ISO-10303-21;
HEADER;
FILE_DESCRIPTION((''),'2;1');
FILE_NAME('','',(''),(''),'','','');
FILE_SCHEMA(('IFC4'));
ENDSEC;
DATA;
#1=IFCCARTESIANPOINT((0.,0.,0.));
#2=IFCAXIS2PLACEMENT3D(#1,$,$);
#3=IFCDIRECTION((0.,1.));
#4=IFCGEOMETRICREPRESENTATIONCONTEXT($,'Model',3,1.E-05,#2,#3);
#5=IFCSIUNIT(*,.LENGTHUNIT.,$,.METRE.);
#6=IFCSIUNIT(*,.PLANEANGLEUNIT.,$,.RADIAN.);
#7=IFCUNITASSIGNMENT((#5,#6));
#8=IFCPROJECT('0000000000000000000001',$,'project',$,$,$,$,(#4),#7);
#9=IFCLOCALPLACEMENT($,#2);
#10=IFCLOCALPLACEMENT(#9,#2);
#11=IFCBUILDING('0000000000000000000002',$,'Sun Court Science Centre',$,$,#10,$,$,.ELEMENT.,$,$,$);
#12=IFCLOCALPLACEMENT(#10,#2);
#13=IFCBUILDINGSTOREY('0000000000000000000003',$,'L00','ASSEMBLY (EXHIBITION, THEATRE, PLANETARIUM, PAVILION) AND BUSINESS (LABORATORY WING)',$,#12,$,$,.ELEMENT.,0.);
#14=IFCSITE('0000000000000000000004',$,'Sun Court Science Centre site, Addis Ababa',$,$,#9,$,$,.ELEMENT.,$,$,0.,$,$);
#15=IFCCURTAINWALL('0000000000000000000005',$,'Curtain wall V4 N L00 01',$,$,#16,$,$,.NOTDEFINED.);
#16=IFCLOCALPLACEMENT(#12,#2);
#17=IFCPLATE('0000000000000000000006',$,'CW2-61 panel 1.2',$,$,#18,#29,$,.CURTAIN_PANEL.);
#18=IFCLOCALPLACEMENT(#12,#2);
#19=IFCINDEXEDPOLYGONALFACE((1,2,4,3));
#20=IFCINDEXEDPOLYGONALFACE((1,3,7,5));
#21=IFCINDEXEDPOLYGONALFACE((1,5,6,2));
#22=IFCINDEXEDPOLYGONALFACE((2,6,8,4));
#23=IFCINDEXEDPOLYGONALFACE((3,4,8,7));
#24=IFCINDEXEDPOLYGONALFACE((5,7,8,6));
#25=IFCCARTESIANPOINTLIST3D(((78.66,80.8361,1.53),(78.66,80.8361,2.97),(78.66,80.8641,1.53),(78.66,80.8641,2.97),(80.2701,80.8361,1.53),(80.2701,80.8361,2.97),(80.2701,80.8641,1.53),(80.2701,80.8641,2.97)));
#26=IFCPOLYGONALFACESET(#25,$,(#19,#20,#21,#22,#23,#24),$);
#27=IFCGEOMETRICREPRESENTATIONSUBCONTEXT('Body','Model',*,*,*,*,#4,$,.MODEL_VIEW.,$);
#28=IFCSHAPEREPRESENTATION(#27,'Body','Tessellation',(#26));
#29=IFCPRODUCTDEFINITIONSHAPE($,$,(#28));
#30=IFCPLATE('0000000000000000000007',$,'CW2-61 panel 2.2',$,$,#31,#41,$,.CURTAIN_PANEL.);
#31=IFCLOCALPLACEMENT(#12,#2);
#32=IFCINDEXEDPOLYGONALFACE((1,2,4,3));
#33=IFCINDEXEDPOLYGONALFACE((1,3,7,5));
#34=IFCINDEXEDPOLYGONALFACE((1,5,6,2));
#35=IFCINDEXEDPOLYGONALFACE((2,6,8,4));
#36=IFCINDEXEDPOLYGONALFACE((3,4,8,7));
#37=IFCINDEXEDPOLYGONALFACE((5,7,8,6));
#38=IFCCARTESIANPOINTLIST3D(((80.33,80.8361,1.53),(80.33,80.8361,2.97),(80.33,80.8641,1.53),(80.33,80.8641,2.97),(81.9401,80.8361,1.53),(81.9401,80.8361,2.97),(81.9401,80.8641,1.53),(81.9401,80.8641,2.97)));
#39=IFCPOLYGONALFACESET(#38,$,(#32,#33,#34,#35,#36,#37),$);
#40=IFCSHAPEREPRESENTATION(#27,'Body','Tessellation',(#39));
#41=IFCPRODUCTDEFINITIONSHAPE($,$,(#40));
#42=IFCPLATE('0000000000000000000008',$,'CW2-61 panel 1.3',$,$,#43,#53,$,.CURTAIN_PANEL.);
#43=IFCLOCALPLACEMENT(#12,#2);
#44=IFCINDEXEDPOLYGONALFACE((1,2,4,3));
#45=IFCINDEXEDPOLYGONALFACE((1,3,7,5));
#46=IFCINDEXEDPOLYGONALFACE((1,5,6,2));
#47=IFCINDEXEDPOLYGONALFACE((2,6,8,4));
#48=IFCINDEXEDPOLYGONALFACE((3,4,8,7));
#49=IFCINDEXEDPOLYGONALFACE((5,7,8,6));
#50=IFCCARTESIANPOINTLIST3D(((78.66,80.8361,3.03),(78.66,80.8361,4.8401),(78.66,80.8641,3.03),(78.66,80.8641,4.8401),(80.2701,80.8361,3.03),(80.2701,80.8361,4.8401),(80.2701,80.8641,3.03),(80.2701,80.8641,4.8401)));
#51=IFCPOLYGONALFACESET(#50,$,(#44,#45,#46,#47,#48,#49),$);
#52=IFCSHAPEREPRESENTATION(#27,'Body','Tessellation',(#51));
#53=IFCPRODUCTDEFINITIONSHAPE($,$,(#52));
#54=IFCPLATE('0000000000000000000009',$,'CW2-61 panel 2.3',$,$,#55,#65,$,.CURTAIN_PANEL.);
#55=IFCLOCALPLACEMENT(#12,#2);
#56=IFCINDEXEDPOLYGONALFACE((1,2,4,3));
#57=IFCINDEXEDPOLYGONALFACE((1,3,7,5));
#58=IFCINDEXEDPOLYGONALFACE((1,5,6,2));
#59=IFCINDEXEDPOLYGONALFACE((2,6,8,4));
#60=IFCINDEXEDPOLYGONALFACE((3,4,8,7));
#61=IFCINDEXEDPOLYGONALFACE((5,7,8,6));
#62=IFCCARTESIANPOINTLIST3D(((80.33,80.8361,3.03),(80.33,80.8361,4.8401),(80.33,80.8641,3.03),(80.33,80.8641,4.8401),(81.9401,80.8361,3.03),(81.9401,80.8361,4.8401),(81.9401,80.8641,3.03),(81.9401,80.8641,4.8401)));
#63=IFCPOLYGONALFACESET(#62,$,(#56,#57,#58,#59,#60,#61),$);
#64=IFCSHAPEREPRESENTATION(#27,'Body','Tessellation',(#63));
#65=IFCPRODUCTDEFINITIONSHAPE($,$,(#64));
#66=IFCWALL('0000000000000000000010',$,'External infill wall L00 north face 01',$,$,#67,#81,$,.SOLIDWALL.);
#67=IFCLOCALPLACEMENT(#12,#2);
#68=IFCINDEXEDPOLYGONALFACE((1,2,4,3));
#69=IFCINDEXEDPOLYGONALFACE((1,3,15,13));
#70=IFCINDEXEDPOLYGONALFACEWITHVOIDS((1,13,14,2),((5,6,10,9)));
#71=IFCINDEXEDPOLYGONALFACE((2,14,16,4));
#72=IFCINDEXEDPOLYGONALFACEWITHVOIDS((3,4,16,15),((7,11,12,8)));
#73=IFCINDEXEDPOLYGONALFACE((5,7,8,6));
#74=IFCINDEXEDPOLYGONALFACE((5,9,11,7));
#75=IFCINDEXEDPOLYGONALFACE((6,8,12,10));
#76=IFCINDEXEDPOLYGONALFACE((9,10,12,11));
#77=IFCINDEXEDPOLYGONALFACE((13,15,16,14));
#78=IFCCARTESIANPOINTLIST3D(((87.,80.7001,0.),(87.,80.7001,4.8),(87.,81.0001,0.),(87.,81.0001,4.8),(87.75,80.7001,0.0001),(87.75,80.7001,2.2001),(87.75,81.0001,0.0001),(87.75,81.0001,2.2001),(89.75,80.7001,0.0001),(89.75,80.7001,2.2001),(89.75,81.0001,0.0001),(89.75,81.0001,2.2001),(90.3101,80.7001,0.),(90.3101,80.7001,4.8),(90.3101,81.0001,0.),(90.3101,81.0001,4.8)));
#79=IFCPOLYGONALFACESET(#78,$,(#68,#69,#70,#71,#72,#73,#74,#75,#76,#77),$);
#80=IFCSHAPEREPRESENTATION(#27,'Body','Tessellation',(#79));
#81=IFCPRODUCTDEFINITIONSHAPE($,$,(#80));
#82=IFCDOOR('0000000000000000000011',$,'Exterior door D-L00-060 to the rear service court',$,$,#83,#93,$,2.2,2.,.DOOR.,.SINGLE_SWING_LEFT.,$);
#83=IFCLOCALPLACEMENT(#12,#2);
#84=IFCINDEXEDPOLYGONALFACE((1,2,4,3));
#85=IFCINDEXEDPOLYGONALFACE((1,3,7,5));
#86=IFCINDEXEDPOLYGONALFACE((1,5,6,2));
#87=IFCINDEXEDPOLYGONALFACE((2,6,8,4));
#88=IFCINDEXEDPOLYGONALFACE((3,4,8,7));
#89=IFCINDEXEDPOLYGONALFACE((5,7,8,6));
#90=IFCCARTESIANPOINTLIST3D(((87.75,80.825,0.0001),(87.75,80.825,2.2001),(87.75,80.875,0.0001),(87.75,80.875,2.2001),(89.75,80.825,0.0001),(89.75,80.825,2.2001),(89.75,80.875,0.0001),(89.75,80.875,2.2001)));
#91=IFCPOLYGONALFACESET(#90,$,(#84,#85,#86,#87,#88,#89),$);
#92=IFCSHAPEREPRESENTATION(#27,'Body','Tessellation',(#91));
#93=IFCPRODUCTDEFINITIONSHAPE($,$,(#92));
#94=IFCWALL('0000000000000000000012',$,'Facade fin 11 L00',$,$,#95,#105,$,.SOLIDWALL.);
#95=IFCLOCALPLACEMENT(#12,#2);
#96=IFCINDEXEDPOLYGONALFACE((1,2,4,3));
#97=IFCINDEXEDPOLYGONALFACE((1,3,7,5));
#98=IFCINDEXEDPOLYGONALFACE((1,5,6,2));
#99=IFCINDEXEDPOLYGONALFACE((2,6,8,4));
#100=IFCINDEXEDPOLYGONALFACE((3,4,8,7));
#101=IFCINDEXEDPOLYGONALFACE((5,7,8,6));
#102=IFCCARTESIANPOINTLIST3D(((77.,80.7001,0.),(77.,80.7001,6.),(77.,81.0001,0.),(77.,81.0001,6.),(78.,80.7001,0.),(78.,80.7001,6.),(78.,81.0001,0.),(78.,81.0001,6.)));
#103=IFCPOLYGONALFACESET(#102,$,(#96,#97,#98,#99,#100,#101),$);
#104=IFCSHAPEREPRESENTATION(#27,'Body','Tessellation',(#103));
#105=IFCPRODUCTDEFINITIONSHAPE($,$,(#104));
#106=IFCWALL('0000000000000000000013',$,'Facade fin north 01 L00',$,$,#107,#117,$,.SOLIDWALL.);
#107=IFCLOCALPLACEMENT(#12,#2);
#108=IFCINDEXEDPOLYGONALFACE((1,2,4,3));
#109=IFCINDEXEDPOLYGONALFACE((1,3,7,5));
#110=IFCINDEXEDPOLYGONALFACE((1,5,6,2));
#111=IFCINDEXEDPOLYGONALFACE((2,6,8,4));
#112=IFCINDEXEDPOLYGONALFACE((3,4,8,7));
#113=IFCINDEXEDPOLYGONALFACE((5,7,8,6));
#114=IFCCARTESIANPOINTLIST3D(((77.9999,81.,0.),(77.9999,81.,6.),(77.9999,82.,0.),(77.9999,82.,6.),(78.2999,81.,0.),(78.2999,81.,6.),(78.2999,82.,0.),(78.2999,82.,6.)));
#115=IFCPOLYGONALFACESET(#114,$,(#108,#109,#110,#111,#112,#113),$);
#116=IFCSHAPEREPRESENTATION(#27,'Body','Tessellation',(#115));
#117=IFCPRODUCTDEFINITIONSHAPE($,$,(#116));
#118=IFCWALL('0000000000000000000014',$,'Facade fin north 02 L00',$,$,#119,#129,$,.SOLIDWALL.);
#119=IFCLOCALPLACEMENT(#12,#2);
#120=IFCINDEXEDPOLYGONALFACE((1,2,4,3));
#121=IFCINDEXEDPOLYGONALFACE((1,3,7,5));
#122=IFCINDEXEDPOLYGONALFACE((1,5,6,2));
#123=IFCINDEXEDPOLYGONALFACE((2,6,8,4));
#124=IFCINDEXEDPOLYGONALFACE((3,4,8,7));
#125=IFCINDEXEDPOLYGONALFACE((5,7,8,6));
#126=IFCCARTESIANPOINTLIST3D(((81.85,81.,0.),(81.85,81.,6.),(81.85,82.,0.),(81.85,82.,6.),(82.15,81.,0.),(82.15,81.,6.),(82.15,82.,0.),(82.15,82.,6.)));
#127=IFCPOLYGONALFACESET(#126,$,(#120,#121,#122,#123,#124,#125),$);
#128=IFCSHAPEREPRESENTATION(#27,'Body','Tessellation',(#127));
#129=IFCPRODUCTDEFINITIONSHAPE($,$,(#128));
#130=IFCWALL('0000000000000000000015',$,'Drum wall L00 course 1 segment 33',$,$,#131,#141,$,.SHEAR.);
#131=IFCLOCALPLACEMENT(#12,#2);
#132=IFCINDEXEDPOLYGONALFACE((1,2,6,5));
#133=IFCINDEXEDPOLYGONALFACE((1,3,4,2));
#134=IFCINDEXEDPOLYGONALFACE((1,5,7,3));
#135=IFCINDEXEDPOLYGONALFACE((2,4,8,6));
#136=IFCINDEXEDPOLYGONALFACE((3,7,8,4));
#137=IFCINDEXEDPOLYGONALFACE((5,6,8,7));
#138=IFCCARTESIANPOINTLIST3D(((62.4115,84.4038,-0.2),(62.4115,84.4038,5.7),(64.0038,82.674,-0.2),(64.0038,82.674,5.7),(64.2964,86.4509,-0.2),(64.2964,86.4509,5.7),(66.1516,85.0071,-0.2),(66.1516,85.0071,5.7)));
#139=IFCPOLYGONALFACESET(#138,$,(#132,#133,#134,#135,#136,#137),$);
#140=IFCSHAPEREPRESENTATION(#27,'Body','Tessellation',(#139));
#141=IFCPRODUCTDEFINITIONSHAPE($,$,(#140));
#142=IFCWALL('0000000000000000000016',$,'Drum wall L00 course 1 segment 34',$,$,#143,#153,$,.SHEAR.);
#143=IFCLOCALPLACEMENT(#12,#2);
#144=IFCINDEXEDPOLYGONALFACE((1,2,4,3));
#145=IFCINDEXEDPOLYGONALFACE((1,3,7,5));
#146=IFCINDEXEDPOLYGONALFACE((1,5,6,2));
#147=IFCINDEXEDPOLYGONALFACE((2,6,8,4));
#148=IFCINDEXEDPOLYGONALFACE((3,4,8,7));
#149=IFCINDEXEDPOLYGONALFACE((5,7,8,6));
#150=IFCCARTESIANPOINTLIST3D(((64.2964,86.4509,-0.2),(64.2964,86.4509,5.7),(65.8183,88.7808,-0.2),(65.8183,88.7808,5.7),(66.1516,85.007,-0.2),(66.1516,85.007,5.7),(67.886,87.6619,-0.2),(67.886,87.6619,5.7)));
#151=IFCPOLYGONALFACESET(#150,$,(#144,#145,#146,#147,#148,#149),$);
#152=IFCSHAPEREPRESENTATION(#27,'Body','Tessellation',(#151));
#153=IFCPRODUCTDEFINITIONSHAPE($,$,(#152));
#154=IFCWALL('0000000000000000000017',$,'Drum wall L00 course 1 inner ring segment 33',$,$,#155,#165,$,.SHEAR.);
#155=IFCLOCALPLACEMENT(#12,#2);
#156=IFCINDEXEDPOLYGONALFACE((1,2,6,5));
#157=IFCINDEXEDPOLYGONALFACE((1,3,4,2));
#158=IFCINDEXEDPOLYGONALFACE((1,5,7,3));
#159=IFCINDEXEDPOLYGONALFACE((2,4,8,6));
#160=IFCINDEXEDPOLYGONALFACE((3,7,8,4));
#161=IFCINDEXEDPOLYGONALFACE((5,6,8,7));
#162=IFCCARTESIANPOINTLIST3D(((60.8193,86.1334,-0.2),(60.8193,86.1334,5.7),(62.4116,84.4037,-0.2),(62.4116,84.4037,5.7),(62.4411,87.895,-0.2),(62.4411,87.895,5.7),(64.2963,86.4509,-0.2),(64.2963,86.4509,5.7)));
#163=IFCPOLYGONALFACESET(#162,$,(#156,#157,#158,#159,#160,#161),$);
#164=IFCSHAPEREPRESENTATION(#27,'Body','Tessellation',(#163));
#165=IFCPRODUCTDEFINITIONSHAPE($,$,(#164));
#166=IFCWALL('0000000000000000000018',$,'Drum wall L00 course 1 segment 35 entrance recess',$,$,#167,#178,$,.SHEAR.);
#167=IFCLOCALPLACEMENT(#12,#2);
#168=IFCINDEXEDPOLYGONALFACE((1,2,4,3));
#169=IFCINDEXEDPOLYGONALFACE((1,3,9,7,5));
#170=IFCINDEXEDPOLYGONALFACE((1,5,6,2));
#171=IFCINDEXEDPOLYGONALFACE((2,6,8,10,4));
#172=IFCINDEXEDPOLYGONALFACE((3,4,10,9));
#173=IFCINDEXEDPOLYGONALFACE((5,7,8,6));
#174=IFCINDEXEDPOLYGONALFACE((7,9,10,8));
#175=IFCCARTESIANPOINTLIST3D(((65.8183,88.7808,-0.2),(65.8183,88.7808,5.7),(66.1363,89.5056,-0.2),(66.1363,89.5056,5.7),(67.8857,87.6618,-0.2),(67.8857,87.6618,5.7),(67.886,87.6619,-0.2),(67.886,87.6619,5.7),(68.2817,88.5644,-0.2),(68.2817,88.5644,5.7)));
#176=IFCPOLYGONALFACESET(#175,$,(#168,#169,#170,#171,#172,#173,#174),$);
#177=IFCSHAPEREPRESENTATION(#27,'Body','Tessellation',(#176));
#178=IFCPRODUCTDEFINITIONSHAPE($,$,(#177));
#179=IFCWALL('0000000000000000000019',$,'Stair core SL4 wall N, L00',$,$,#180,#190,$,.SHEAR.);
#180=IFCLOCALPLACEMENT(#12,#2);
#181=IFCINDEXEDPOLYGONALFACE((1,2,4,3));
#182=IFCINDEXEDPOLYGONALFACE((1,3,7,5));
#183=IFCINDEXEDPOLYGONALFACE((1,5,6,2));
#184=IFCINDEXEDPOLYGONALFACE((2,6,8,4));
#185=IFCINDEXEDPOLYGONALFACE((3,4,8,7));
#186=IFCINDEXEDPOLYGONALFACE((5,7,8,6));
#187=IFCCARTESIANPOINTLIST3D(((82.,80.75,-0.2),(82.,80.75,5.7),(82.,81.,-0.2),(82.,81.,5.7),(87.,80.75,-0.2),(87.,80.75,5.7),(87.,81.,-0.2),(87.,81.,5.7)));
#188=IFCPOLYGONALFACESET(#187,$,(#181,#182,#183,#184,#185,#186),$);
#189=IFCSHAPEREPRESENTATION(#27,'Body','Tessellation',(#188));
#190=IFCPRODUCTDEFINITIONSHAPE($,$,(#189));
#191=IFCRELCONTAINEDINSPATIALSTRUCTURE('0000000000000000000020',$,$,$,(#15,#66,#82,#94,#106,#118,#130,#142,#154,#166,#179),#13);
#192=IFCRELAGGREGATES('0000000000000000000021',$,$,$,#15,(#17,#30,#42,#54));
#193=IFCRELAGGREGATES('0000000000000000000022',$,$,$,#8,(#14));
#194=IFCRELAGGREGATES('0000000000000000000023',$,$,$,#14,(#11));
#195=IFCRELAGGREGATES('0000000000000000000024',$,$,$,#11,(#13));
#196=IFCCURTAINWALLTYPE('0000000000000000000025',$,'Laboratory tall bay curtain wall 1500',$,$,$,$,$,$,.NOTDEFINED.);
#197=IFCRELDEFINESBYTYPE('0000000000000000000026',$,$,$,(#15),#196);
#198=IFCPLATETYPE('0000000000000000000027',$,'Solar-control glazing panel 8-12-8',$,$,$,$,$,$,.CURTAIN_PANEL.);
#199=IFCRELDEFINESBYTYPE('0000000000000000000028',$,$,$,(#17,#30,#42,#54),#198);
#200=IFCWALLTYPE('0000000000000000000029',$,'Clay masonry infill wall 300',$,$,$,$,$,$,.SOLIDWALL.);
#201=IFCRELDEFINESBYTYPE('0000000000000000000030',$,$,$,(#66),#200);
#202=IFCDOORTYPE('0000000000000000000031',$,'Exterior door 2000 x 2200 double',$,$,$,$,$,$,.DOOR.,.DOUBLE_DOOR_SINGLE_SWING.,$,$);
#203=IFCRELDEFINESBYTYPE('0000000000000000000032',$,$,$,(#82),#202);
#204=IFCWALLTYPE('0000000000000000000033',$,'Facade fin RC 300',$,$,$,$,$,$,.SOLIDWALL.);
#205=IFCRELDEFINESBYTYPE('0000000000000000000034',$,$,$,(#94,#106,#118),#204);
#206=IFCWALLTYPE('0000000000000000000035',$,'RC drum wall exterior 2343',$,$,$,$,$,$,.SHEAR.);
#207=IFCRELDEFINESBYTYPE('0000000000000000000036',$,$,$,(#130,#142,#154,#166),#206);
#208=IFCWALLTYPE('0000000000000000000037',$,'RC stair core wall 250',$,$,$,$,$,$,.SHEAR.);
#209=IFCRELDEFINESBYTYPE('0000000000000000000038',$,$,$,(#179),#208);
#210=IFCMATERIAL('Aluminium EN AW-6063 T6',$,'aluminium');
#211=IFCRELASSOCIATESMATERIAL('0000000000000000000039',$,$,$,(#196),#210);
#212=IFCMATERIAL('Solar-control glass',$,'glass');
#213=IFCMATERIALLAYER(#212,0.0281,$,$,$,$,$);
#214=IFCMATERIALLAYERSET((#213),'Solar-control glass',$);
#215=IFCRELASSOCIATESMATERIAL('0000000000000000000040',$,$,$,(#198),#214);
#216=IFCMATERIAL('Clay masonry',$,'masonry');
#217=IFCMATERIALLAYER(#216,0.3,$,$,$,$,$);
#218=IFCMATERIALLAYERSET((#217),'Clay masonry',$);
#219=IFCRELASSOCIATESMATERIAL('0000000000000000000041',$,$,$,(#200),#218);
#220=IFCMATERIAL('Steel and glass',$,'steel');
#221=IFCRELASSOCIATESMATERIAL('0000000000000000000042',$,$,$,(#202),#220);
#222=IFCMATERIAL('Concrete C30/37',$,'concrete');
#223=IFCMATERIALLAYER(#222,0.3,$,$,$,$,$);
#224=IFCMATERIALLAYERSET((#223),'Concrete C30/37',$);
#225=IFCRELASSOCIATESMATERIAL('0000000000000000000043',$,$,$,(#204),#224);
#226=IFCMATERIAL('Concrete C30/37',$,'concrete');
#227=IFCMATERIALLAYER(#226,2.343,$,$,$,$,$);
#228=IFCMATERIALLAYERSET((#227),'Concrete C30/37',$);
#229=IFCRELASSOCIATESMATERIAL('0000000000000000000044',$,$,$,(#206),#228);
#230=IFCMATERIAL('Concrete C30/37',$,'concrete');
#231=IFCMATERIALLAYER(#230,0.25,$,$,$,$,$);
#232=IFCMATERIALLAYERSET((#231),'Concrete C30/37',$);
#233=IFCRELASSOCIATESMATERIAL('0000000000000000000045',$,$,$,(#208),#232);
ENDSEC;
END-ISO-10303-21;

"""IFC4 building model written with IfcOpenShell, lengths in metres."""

from ifc_helpers import new_model, si_unit, direction, frame, frame_2d, origin, origin_2d, place, context, subcontext, project, spatial, polyline, rectangle, outline, extrude, material, layer, layer_set, type_object, element, fill, aggregate, save


model = new_model("IFC4")

# Units and contexts
model_context = context("Model", 3, precision=1e-05, world=origin(), true_north=direction((0.0, 1.0)))
body_context = subcontext(model_context, "Body", "Model", "MODEL_VIEW")
ifc_project = project(units=[si_unit("LENGTHUNIT", "METRE"), si_unit("PLANEANGLEUNIT", "RADIAN")], contexts=[model_context])

# Site, building, storey
site_placement = place(None, origin())
site = spatial("IfcSite", under=ifc_project, at=site_placement, Name="Sun Court Science Centre site, Addis Ababa", CompositionType="ELEMENT", RefElevation=0.0)
building_placement = place(site_placement, origin())
building = spatial("IfcBuilding", under=site, at=building_placement, Name="Sun Court Science Centre", CompositionType="ELEMENT")
storey_placement = place(building_placement, origin())
storey = spatial("IfcBuildingStorey", under=building, at=storey_placement, Name="L00", Description="ASSEMBLY (EXHIBITION, THEATRE, PLANETARIUM, PAVILION) AND BUSINESS (LABORATORY WING)", CompositionType="ELEMENT", Elevation=0.0)

# Shared definitions
ifc_material_1 = material(Name="Aluminium EN AW-6063 T6", Category="aluminium")
curtain_wall_type = type_object("IfcCurtainWallType", Name="Laboratory tall bay curtain wall 1500", PredefinedType="NOTDEFINED", material=ifc_material_1)

# Curtain wall
curtain_wall_1_placement = place(storey_placement, origin())
curtain_wall_1 = element("IfcCurtainWall", 1, at=curtain_wall_1_placement, inside=storey, type_object=curtain_wall_type, Name="Curtain wall V4 N L00 01", PredefinedType="NOTDEFINED")

# Plates
ifc_material_2 = material(Name="Solar-control glass", Category="glass")
ifc_layer_1 = layer(ifc_material_2, 0.0281)
ifc_layer_set_1 = layer_set([ifc_layer_1], Name="Solar-control glass")
plate_type = type_object("IfcPlateType", Name="Solar-control glazing panel 8-12-8", PredefinedType="CURTAIN_PANEL", material=ifc_layer_set_1)
plate_1_placement = place(storey_placement, frame((79.4651, 80.8501, 1.53), z_axis=(0.0, 0.0, 1.0), x_axis=(1.0, 0.0, 0.0)))
plate_1 = element("IfcPlate", 2, at=plate_1_placement, type_object=plate_type, Name="CW2-61 panel 1.2", PredefinedType="CURTAIN_PANEL", context=body_context, shape_type="SweptSolid", body=[
    extrude(rectangle(XDim=1.6101, YDim=0.0281, at=origin_2d()), origin(), (0.0, 0.0, 1.0), 1.4399),
])
plate_2_placement = place(storey_placement, frame((81.135, 80.8501, 1.53), z_axis=(0.0, 0.0, 1.0), x_axis=(1.0, 0.0, 0.0)))
plate_2 = element("IfcPlate", 3, at=plate_2_placement, type_object=plate_type, Name="CW2-61 panel 2.2", PredefinedType="CURTAIN_PANEL", context=body_context, shape_type="SweptSolid", body=[
    extrude(rectangle(XDim=1.6101, YDim=0.0281, at=origin_2d()), origin(), (0.0, 0.0, 1.0), 1.4399),
])
plate_3_placement = place(storey_placement, frame((79.4651, 80.8501, 3.03), z_axis=(0.0, 0.0, 1.0), x_axis=(1.0, 0.0, 0.0)))
plate_3 = element("IfcPlate", 4, at=plate_3_placement, type_object=plate_type, Name="CW2-61 panel 1.3", PredefinedType="CURTAIN_PANEL", context=body_context, shape_type="SweptSolid", body=[
    extrude(rectangle(XDim=1.6101, YDim=0.0281, at=origin_2d()), origin(), (0.0, 0.0, 1.0), 1.8101),
])
plate_4_placement = place(storey_placement, frame((81.135, 80.8501, 3.03), z_axis=(0.0, 0.0, 1.0), x_axis=(1.0, 0.0, 0.0)))
plate_4 = element("IfcPlate", 5, at=plate_4_placement, type_object=plate_type, Name="CW2-61 panel 2.3", PredefinedType="CURTAIN_PANEL", context=body_context, shape_type="SweptSolid", body=[
    extrude(rectangle(XDim=1.6101, YDim=0.0281, at=origin_2d()), origin(), (0.0, 0.0, 1.0), 1.8101),
])
aggregate(curtain_wall_1, [plate_1, plate_2, plate_3, plate_4])

# Wall, opening, door
ifc_material_3 = material(Name="Clay masonry", Category="masonry")
ifc_layer_2 = layer(ifc_material_3, 0.3)
ifc_layer_set_2 = layer_set([ifc_layer_2], Name="Clay masonry")
wall_type_1 = type_object("IfcWallType", Name="Clay masonry infill wall 300", PredefinedType="SOLIDWALL", material=ifc_layer_set_2)
wall_1_placement = place(storey_placement, frame((87.0, 80.8501, 0.0), z_axis=(0.0, 0.0, 1.0), x_axis=(1.0, 0.0, 0.0)))
wall_1 = element("IfcWall", 6, at=wall_1_placement, inside=storey, type_object=wall_type_1, Name="External infill wall L00 north face 01", PredefinedType="SOLIDWALL", context=body_context, shape_type="SweptSolid", body=[
    extrude(rectangle(XDim=3.3101, YDim=0.3, at=frame_2d((1.655, 0.0))), origin(), (0.0, 0.0, 1.0), 4.8),
])
opening_placement = place(wall_1_placement, frame((0.75, 0.0, 0.0)))
opening = element("IfcOpeningElement", 7, at=opening_placement, cuts=wall_1, PredefinedType="OPENING", context=body_context, shape_type="SweptSolid", body=[
    extrude(rectangle(XDim=2.0, YDim=2.2, at=frame_2d((1.0, 1.1001))), frame((0.0, 0.1599, 0.0), z_axis=(0.0, -1.0, 0.0), x_axis=(1.0, 0.0, 0.0)), (0.0, 0.0, 1.0), 0.3201),
])
ifc_material_4 = material(Name="Steel and glass", Category="steel")
door_type = type_object("IfcDoorType", Name="Exterior door 2000 x 2200 double", OperationType="DOUBLE_DOOR_SINGLE_SWING", PredefinedType="DOOR", material=ifc_material_4)
door_placement = place(opening_placement, origin())
door = element("IfcDoor", 8, at=door_placement, inside=storey, type_object=door_type, Name="Exterior door D-L00-060 to the rear service court", OperationType="SINGLE_SWING_LEFT", OverallHeight=2.2, OverallWidth=2.0, PredefinedType="DOOR", context=body_context, shape_type="SweptSolid", body=[
    extrude(rectangle(XDim=2.0, YDim=2.2, at=frame_2d((1.0, 1.1001))), frame((0.0, 0.0249, 0.0), z_axis=(0.0, -1.0, 0.0), x_axis=(1.0, 0.0, 0.0)), (0.0, 0.0, 1.0), 0.05),
])
fill(opening, door)

# Walls
ifc_material_5 = material(Name="Concrete C30/37", Category="concrete")
ifc_layer_3 = layer(ifc_material_5, 0.3)
ifc_layer_set_3 = layer_set([ifc_layer_3], Name="Concrete C30/37")
wall_type_2 = type_object("IfcWallType", Name="Facade fin RC 300", PredefinedType="SOLIDWALL", material=ifc_layer_set_3)
for number, where, z_axis, x_axis, name in (
    (9, (77.0, 80.8501, 0.0), (0.0, 0.0, 1.0), (1.0, 0.0, 0.0), "Facade fin 11 L00"),
    (10, (78.1499, 81.0, 0.0), (0.0, 0.0, 1.0), (0.0, 1.0, 0.0), "Facade fin north 01 L00"),
    (11, (82.0, 81.0, 0.0), (0.0, 0.0, 1.0), (0.0, 1.0, 0.0), "Facade fin north 02 L00"),
):
    element("IfcWall", number, at=place(storey_placement, frame(where, z_axis=z_axis, x_axis=x_axis)), inside=storey, type_object=wall_type_2, Name=name, PredefinedType="SOLIDWALL", context=body_context, shape_type="SweptSolid", body=[
        extrude(rectangle(XDim=1.0, YDim=0.3, at=frame_2d((0.5, 0.0))), origin(), (0.0, 0.0, 1.0), 6.0),
    ])
ifc_material_6 = material(Name="Concrete C30/37", Category="concrete")
ifc_layer_4 = layer(ifc_material_6, 2.343)
ifc_layer_set_4 = layer_set([ifc_layer_4], Name="Concrete C30/37")
wall_type_3 = type_object("IfcWallType", Name="RC drum wall exterior 2343", PredefinedType="SHEAR", material=ifc_layer_set_4)
wall_2_placement = place(storey_placement, frame((63.1421, 83.4675, -0.2), z_axis=(0.0, 0.0, 1.0), x_axis=(0.677243, 0.735759, 0.0)))
element("IfcWall", 12, at=wall_2_placement, inside=storey, type_object=wall_type_3, Name="Drum wall L00 course 1 segment 33", PredefinedType="SHEAR", context=body_context, shape_type="SweptSolid", body=[
    extrude(outline(polyline([(-0.0002, -1.1714), (3.1709, -1.1716), (2.9768, 1.1711), (0.1941, 1.1716), (-0.0002, -1.1714)])), origin(), (0.0, 0.0, 1.0), 5.8999),
])
wall_3_placement = place(storey_placement, frame((65.1709, 85.6477, -0.2), z_axis=(0.0, 0.0, 1.0), x_axis=(0.54693, 0.837178, 0.0)))
element("IfcWall", 13, at=wall_3_placement, inside=storey, type_object=wall_type_3, Name="Drum wall L00 course 1 segment 34", PredefinedType="SHEAR", context=body_context, shape_type="SweptSolid", body=[
    extrude(outline(polyline([(0.0, -1.1714), (3.1711, -1.1714), (2.9771, 1.1716), (0.1941, 1.1714), (0.0, -1.1714)])), origin(), (0.0, 0.0, 1.0), 5.8999),
])
wall_4_placement = place(storey_placement, frame((61.5498, 85.197, -0.2), z_axis=(0.0, 0.0, 1.0), x_axis=(0.677288, 0.735718, 0.0)))
element("IfcWall", 14, at=wall_4_placement, inside=storey, type_object=wall_type_3, Name="Drum wall L00 course 1 inner ring segment 33", PredefinedType="SHEAR", context=body_context, shape_type="SweptSolid", body=[
    extrude(outline(polyline([(0.0, -1.1714), (2.7827, -1.1714), (2.5886, 1.1716), (0.1941, 1.1716), (0.0, -1.1714)])), origin(), (0.0, 0.0, 1.0), 5.8999),
])
wall_5_placement = place(storey_placement, frame((66.8132, 88.1323, -0.2), z_axis=(0.0, 0.0, 1.0), x_axis=(0.401559, 0.915833, 0.0)))
element("IfcWall", 15, at=wall_5_placement, inside=storey, type_object=wall_type_3, Name="Drum wall L00 course 1 segment 35 entrance recess", PredefinedType="SHEAR", context=body_context, shape_type="SweptSolid", body=[
    extrude(outline(polyline([(0.0, -1.1714), (-0.0002, -1.1711), (0.1943, 1.1716), (0.9858, 1.1714), (0.9854, -1.1714), (0.0, -1.1714)])), origin(), (0.0, 0.0, 1.0), 5.8999),
])
ifc_material_7 = material(Name="Concrete C30/37", Category="concrete")
ifc_layer_5 = layer(ifc_material_7, 0.25)
ifc_layer_set_5 = layer_set([ifc_layer_5], Name="Concrete C30/37")
wall_type_4 = type_object("IfcWallType", Name="RC stair core wall 250", PredefinedType="SHEAR", material=ifc_layer_set_5)
wall_6_placement = place(storey_placement, frame((82.0, 80.875, -0.2), z_axis=(0.0, 0.0, 1.0), x_axis=(1.0, 0.0, 0.0)))
element("IfcWall", 16, at=wall_6_placement, inside=storey, type_object=wall_type_4, Name="Stair core SL4 wall N, L00", PredefinedType="SHEAR", context=body_context, shape_type="SweptSolid", body=[
    extrude(rectangle(XDim=5.0, YDim=0.25, at=frame_2d((2.5, 0.0))), origin(), (0.0, 0.0, 1.0), 5.8999),
])

save(model, "model.ifc")
